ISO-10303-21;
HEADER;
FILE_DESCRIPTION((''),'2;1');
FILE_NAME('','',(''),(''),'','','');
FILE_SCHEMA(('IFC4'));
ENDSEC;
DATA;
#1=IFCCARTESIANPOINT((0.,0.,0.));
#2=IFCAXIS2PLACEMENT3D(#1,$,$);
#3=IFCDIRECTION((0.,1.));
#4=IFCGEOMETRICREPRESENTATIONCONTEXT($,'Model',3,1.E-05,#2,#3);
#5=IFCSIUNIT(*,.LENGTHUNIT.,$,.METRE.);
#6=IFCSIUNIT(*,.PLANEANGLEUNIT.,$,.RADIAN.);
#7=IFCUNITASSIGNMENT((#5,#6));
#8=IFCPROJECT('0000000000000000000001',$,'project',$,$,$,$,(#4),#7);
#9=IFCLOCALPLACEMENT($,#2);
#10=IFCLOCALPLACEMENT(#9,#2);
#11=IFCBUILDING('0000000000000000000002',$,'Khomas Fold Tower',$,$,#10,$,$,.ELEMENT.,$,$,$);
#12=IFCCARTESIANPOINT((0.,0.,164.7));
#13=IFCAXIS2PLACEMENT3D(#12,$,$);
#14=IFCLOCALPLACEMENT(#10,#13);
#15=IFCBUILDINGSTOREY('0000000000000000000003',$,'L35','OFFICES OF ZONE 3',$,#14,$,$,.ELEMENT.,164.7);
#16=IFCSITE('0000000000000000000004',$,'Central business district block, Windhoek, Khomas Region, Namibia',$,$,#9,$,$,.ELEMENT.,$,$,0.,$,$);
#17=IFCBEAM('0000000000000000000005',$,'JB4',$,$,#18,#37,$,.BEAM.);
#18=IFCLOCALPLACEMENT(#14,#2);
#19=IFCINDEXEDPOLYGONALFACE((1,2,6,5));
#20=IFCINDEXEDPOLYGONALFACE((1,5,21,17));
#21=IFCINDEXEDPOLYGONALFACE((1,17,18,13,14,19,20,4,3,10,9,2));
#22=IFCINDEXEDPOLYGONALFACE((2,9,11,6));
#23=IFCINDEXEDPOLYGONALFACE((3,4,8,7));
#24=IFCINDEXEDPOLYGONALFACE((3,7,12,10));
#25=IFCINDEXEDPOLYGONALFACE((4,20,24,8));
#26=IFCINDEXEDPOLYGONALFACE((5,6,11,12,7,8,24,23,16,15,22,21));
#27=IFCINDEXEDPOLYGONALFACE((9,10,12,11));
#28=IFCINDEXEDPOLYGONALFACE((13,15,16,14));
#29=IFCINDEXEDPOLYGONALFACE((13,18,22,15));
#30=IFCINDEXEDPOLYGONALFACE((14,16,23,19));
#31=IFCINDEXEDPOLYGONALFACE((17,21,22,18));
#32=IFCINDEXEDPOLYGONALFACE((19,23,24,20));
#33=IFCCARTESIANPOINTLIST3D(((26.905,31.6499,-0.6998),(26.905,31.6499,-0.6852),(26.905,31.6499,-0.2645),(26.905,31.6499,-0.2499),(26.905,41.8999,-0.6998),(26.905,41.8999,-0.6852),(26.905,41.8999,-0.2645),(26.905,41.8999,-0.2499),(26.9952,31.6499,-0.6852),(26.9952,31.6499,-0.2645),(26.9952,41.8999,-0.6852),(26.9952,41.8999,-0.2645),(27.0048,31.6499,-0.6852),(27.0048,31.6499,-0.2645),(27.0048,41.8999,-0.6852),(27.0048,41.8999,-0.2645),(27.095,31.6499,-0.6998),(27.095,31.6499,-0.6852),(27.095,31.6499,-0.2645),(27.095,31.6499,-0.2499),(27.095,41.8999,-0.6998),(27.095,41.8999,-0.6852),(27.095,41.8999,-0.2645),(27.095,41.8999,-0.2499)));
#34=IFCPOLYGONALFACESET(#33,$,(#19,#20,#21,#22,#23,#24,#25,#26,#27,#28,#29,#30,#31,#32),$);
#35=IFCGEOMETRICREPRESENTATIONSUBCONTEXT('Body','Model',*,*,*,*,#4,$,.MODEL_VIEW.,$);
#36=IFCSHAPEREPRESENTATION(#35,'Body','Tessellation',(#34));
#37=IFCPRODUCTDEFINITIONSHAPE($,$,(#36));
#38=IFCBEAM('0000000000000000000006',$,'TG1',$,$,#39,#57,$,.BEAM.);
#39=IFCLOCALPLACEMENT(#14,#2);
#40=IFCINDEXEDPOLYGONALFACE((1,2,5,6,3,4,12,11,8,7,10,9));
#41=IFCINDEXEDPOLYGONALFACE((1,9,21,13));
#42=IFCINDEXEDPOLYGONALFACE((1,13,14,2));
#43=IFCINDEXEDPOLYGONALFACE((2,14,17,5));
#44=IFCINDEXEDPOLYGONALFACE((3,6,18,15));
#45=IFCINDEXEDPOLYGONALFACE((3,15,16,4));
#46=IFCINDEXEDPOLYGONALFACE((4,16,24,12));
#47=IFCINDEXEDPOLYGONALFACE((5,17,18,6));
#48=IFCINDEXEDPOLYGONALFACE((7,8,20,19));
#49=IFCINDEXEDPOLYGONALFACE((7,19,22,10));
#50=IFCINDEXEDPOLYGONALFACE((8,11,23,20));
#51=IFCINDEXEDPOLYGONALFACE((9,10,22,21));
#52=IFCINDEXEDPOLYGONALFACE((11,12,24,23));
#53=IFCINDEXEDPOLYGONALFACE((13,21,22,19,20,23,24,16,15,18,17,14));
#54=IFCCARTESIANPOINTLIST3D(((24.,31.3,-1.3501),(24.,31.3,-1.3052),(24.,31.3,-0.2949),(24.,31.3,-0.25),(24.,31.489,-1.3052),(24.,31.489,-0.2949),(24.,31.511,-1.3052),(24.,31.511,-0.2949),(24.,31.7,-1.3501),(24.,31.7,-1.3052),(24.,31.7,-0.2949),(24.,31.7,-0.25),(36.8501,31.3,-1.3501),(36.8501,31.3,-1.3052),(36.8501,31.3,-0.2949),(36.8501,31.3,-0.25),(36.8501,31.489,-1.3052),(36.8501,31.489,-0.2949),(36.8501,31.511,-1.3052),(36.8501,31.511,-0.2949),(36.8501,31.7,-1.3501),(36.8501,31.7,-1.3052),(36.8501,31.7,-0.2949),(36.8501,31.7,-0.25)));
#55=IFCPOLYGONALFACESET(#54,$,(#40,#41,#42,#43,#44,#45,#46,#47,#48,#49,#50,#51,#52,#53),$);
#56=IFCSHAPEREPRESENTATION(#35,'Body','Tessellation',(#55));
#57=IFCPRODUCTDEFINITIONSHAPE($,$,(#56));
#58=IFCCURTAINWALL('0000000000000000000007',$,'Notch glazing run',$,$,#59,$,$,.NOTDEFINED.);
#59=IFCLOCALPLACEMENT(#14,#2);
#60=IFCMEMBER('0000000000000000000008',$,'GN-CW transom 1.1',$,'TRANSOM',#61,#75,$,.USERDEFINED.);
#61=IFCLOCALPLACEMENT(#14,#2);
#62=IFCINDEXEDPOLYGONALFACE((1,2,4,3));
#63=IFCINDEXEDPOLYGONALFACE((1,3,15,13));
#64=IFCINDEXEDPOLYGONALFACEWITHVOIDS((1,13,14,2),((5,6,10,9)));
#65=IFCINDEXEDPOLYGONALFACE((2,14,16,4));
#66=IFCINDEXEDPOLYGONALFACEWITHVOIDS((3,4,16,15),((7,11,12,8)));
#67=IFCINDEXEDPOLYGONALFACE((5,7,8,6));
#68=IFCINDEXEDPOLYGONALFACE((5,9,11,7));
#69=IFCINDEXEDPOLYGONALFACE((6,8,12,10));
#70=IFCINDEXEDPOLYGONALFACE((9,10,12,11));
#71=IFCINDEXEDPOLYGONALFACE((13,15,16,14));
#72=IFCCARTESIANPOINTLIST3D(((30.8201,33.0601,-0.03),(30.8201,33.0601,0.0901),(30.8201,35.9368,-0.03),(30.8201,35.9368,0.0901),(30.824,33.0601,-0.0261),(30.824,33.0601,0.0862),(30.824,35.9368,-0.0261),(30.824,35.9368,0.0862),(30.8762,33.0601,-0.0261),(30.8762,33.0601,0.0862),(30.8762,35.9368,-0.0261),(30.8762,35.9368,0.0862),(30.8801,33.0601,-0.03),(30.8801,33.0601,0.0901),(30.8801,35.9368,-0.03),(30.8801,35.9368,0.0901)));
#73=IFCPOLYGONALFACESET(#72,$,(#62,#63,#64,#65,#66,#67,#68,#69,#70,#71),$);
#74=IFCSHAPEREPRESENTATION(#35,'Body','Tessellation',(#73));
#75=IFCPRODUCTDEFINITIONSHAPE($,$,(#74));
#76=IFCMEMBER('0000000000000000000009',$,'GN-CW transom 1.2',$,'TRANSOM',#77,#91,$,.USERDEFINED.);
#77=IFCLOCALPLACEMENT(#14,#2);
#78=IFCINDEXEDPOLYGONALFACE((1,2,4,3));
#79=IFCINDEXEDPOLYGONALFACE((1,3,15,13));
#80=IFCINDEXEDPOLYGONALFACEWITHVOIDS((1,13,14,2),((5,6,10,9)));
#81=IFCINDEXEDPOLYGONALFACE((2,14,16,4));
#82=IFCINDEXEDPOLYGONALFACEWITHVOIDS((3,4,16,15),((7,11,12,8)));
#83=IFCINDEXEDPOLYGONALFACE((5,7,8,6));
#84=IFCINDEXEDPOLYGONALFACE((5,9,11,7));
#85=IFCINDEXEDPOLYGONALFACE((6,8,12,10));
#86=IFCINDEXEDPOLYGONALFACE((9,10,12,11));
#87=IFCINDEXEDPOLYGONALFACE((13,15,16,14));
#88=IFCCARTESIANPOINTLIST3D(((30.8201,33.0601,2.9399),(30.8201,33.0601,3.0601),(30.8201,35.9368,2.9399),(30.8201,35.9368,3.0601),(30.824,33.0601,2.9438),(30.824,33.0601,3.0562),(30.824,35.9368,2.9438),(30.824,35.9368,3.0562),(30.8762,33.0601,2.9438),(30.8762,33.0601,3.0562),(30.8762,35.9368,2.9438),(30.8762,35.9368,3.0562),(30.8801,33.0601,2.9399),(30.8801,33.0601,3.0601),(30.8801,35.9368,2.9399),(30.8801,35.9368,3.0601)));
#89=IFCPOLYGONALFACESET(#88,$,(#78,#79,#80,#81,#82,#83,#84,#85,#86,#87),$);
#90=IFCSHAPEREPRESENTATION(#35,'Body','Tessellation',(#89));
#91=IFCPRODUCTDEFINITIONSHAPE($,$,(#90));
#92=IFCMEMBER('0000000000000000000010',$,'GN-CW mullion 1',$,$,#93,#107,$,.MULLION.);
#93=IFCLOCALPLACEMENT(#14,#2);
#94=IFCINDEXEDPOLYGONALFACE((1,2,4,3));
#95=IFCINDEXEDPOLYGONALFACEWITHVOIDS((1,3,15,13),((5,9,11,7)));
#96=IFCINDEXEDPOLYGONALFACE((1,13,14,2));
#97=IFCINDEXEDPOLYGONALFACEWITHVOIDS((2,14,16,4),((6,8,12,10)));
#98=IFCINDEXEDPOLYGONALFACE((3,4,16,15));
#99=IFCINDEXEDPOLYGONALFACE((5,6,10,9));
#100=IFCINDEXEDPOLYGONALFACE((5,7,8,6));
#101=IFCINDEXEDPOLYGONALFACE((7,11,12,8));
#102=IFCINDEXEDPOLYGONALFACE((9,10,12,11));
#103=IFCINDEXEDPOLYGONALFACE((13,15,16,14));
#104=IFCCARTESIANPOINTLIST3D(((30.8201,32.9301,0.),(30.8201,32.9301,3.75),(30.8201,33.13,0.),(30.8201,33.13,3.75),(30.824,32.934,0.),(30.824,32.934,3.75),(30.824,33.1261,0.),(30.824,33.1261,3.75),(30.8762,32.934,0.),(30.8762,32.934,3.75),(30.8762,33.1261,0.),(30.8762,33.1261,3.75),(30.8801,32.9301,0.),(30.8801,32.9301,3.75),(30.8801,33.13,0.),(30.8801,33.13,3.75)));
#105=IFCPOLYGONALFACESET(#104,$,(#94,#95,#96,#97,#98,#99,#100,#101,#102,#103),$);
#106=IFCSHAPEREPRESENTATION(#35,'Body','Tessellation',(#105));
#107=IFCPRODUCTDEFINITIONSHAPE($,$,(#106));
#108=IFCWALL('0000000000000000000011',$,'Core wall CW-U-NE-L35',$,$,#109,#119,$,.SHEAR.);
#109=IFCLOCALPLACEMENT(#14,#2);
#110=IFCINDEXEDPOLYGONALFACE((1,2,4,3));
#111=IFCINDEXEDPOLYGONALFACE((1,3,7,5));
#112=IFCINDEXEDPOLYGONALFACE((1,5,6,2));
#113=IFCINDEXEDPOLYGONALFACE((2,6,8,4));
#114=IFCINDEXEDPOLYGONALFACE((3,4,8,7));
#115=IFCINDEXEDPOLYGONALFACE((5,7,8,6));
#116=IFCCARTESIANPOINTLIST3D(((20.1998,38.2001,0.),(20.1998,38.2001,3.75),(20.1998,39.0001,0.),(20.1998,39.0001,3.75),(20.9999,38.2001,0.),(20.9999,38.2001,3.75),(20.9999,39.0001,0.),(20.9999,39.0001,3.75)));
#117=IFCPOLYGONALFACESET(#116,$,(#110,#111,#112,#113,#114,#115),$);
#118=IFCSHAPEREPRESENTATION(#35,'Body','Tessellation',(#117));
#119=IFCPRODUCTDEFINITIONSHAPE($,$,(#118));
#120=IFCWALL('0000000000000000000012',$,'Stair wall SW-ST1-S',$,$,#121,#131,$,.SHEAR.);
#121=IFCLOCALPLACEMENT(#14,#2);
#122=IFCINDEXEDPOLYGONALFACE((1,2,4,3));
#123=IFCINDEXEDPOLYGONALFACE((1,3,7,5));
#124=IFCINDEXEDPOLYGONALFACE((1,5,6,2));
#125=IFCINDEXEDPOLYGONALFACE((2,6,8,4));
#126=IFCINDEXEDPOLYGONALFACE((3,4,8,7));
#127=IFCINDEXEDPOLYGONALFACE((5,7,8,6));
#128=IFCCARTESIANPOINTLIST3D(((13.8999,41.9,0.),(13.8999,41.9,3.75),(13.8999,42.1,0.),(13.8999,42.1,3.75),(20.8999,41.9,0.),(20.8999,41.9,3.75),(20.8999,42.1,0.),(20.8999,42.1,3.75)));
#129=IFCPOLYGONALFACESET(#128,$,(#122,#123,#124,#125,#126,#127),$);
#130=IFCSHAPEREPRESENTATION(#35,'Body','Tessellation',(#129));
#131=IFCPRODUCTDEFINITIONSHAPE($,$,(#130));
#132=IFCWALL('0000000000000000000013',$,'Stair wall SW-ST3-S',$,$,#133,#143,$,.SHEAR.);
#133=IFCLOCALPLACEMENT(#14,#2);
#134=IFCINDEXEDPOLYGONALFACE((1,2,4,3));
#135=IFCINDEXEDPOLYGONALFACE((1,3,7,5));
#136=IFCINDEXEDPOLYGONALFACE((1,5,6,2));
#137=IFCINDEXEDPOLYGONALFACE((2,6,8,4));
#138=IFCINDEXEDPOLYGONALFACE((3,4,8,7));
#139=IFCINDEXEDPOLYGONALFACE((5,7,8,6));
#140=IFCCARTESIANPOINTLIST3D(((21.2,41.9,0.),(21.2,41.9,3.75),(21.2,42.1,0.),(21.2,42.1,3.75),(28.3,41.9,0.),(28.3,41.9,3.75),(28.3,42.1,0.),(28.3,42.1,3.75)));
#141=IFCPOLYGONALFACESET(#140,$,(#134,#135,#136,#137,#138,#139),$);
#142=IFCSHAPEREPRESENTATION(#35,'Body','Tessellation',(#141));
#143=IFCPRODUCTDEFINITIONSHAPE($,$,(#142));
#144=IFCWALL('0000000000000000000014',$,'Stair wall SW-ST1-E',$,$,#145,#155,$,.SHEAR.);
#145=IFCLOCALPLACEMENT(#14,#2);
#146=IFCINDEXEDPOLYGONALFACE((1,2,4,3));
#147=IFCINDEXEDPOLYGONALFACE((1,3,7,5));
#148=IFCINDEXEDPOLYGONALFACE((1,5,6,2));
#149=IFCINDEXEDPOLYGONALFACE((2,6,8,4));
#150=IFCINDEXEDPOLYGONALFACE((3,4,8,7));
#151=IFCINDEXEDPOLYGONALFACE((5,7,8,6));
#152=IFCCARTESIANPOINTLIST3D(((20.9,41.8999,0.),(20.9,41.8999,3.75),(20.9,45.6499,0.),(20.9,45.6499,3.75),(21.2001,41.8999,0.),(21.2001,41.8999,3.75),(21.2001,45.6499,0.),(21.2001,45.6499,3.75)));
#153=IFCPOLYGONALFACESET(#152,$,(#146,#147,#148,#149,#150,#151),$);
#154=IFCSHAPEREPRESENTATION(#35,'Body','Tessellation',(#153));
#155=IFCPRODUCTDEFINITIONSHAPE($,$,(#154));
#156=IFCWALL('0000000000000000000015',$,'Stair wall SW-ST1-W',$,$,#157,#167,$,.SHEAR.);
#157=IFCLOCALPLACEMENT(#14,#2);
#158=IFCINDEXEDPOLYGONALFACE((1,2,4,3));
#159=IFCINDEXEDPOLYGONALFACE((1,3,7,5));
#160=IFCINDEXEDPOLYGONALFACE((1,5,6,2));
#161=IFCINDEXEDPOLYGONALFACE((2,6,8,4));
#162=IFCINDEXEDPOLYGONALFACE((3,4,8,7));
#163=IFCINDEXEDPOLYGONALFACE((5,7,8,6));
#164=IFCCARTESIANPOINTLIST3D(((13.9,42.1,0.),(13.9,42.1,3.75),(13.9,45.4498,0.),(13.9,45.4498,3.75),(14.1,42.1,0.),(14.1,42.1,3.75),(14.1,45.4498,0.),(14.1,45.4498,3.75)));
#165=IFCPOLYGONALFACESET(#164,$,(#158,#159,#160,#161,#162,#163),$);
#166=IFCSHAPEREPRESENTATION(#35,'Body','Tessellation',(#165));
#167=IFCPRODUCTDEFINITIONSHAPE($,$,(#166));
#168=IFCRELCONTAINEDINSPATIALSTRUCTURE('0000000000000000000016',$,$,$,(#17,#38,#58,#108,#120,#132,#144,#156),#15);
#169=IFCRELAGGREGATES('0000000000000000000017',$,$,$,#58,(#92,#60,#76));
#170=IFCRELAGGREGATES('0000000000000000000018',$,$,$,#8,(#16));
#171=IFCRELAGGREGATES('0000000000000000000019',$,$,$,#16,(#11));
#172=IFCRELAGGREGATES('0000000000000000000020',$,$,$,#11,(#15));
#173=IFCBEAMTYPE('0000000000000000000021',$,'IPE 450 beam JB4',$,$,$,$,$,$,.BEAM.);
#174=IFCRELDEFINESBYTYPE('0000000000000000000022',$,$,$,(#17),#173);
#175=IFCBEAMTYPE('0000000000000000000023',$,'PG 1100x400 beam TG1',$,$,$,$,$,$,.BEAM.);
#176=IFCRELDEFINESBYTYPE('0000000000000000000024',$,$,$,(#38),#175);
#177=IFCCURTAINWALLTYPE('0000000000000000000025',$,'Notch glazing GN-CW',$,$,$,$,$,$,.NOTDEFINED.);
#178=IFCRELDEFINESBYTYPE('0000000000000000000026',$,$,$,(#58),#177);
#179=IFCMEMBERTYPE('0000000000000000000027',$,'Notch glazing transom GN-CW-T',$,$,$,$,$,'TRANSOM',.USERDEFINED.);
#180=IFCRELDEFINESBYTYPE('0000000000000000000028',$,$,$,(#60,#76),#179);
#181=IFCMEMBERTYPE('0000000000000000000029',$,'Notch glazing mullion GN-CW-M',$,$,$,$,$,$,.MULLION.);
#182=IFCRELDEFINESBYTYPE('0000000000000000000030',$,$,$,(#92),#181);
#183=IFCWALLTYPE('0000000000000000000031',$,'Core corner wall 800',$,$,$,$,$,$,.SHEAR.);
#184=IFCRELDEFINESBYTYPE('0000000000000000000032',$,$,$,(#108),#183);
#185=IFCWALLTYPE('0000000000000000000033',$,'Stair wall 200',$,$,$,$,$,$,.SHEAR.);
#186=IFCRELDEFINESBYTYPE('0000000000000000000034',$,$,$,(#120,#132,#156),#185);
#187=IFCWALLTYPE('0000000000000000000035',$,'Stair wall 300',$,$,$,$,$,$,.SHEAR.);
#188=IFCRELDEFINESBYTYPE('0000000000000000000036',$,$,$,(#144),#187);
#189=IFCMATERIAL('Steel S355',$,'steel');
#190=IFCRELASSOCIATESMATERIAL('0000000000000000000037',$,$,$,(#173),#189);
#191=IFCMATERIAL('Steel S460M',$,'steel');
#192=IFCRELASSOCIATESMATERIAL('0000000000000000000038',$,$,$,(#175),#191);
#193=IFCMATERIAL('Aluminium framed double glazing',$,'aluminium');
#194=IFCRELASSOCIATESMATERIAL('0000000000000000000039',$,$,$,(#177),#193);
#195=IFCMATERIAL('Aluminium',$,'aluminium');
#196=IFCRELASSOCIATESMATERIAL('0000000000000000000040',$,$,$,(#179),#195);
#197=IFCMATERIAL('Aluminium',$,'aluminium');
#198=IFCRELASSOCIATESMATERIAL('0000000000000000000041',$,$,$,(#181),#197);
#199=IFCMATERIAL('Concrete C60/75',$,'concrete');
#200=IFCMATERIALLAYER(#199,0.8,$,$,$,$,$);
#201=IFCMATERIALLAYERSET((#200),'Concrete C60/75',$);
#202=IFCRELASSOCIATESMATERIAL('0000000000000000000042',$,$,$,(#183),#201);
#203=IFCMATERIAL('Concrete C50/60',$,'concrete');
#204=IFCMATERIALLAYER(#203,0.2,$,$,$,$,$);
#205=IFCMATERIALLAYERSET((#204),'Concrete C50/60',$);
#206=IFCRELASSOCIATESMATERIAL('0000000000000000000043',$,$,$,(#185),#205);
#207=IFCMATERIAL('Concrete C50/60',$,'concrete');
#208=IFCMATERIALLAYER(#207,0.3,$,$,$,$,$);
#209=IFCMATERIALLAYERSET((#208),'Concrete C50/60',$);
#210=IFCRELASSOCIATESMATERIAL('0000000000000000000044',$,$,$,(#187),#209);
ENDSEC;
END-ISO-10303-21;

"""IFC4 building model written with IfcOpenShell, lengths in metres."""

from ifc_helpers import new_model, si_unit, direction, frame, frame_2d, origin, origin_2d, place, context, subcontext, project, spatial, rectangle, hollow_rectangle, i_section, extrude, source, transform, mapped, material, layer, layer_set, material_profile, profile_set, type_object, element, aggregate, save


model = new_model("IFC4")

# Units and contexts
model_context = context("Model", 3, precision=1e-05, world=origin(), true_north=direction((0.0, 1.0)))
body_context = subcontext(model_context, "Body", "Model", "MODEL_VIEW")
ifc_project = project(units=[si_unit("LENGTHUNIT", "METRE"), si_unit("PLANEANGLEUNIT", "RADIAN")], contexts=[model_context])

# Site, building, storey
site_placement = place(None, origin())
site = spatial("IfcSite", under=ifc_project, at=site_placement, Name="Central business district block, Windhoek, Khomas Region, Namibia", CompositionType="ELEMENT", RefElevation=0.0)
building_placement = place(site_placement, origin())
building = spatial("IfcBuilding", under=site, at=building_placement, Name="Khomas Fold Tower", CompositionType="ELEMENT")
storey_placement = place(building_placement, frame((0.0, 0.0, 164.7)))
storey = spatial("IfcBuildingStorey", under=building, at=storey_placement, Name="L35", Description="OFFICES OF ZONE 3", CompositionType="ELEMENT", Elevation=164.7)

# Beams
ifc_material_1 = material(Name="Steel S355", Category="steel")
ifc_material_profile_1 = material_profile(ifc_material_1, i_section(OverallWidth=0.1899, OverallDepth=0.45, WebThickness=0.0095, FlangeThickness=0.0146, at=origin_2d()), Name="IPE 450")
ifc_profile_set_1 = profile_set([ifc_material_profile_1], Name="Steel S355")
beam_type_1 = type_object("IfcBeamType", Name="IPE 450 beam JB4", PredefinedType="BEAM", material=ifc_profile_set_1)
shared_shape_1 = source(origin(), body_context, "Body", "SweptSolid", [
    extrude(i_section(OverallWidth=0.1899, OverallDepth=0.45, WebThickness=0.0095, FlangeThickness=0.0146, at=origin_2d()), origin(), (0.0, 0.0, 1.0), 10.25),
])
beam_1_placement = place(storey_placement, frame((27.0, 31.6499, -0.4749), z_axis=(0.0, 1.0, 0.0), x_axis=(-1.0, 0.0, 0.0)))
element("IfcBeam", 1, at=beam_1_placement, inside=storey, type_object=beam_type_1, Name="JB4", PredefinedType="BEAM", context=body_context, shape_type="MappedRepresentation", body=[
    mapped(shared_shape_1, transform((0.0, 0.0, 0.0))),
])
ifc_material_2 = material(Name="Steel S460M", Category="steel")
ifc_material_profile_2 = material_profile(ifc_material_2, i_section(OverallWidth=0.3999, OverallDepth=1.1001, WebThickness=0.022, FlangeThickness=0.0449, at=origin_2d()), Name="PG 1100x400")
ifc_profile_set_2 = profile_set([ifc_material_profile_2], Name="Steel S460M")
beam_type_2 = type_object("IfcBeamType", Name="PG 1100x400 beam TG1", PredefinedType="BEAM", material=ifc_profile_set_2)
shared_shape_2 = source(origin(), body_context, "Body", "SweptSolid", [
    extrude(i_section(OverallWidth=0.3999, OverallDepth=1.1001, WebThickness=0.022, FlangeThickness=0.0449, at=origin_2d()), origin(), (0.0, 0.0, 1.0), 12.8501),
])
beam_2_placement = place(storey_placement, frame((24.0, 31.5, -0.8), z_axis=(1.0, 0.0, 0.0), x_axis=(0.0, 1.0, 0.0)))
element("IfcBeam", 2, at=beam_2_placement, inside=storey, type_object=beam_type_2, Name="TG1", PredefinedType="BEAM", context=body_context, shape_type="MappedRepresentation", body=[
    mapped(shared_shape_2, transform((0.0, 0.0, 0.0))),
])

# Curtain wall, members
ifc_material_3 = material(Name="Aluminium framed double glazing", Category="aluminium")
curtain_wall_type = type_object("IfcCurtainWallType", Name="Notch glazing GN-CW", PredefinedType="NOTDEFINED", material=ifc_material_3)
curtain_wall_placement = place(storey_placement, origin())
curtain_wall = element("IfcCurtainWall", 3, at=curtain_wall_placement, inside=storey, type_object=curtain_wall_type, Name="Notch glazing run", PredefinedType="NOTDEFINED")
ifc_material_4 = material(Name="Aluminium", Category="aluminium")
ifc_material_profile_3 = material_profile(ifc_material_4, hollow_rectangle(XDim=0.0601, YDim=0.1201, WallThickness=0.0039, at=origin_2d()), Name="Notch glazing transom GN-CW-T")
ifc_profile_set_3 = profile_set([ifc_material_profile_3], Name="Aluminium")
member_type_1 = type_object("IfcMemberType", Name="Notch glazing transom GN-CW-T", ElementType="TRANSOM", PredefinedType="USERDEFINED", material=ifc_profile_set_3)
shared_shape_3 = source(origin(), body_context, "Body", "SweptSolid", [
    extrude(hollow_rectangle(XDim=0.0601, YDim=0.1201, WallThickness=0.0039, at=origin_2d()), origin(), (0.0, 0.0, 1.0), 2.8767),
])
member_1_placement = place(storey_placement, frame((30.8501, 33.0601, 0.03), z_axis=(0.0, 1.0, 0.0), x_axis=(-1.0, 0.0, 0.0)))
member_1 = element("IfcMember", 4, at=member_1_placement, type_object=member_type_1, Name="GN-CW transom 1.1", ObjectType="TRANSOM", PredefinedType="USERDEFINED", context=body_context, shape_type="MappedRepresentation", body=[
    mapped(shared_shape_3, transform((0.0, 0.0, 0.0))),
])
member_2_placement = place(storey_placement, frame((30.8501, 33.0601, 3.0), z_axis=(0.0, 1.0, 0.0), x_axis=(-1.0, 0.0, 0.0)))
member_2 = element("IfcMember", 5, at=member_2_placement, type_object=member_type_1, Name="GN-CW transom 1.2", ObjectType="TRANSOM", PredefinedType="USERDEFINED", context=body_context, shape_type="MappedRepresentation", body=[
    mapped(shared_shape_3, transform((0.0, 0.0, 0.0))),
])
ifc_material_5 = material(Name="Aluminium", Category="aluminium")
ifc_material_profile_4 = material_profile(ifc_material_5, hollow_rectangle(XDim=0.0601, YDim=0.2, WallThickness=0.0039, at=origin_2d()), Name="Notch glazing mullion GN-CW-M")
ifc_profile_set_4 = profile_set([ifc_material_profile_4], Name="Aluminium")
member_type_2 = type_object("IfcMemberType", Name="Notch glazing mullion GN-CW-M", PredefinedType="MULLION", material=ifc_profile_set_4)
shared_shape_4 = source(origin(), body_context, "Body", "SweptSolid", [
    extrude(hollow_rectangle(XDim=0.0601, YDim=0.2, WallThickness=0.0039, at=origin_2d()), origin(), (0.0, 0.0, 1.0), 3.75),
])
member_3_placement = place(storey_placement, frame((30.8501, 33.03, 0.0), z_axis=(0.0, 0.0, 1.0), x_axis=(-1.0, 0.0, 0.0)))
member_3 = element("IfcMember", 6, at=member_3_placement, type_object=member_type_2, Name="GN-CW mullion 1", PredefinedType="MULLION", context=body_context, shape_type="MappedRepresentation", body=[
    mapped(shared_shape_4, transform((0.0, 0.0, 0.0))),
])
aggregate(curtain_wall, [member_3, member_1, member_2])

# Walls
ifc_material_6 = material(Name="Concrete C60/75", Category="concrete")
ifc_layer_1 = layer(ifc_material_6, 0.8)
ifc_layer_set_1 = layer_set([ifc_layer_1], Name="Concrete C60/75")
wall_type_1 = type_object("IfcWallType", Name="Core corner wall 800", PredefinedType="SHEAR", material=ifc_layer_set_1)
shared_shape_5 = source(origin(), body_context, "Body", "SweptSolid", [
    extrude(rectangle(XDim=0.8, YDim=0.8, at=frame_2d((0.3999, 0.0))), origin(), (0.0, 0.0, 1.0), 3.75),
])
wall_1_placement = place(storey_placement, frame((20.2, 38.6001, 0.0), z_axis=(0.0, 0.0, 1.0), x_axis=(1.0, 0.0, 0.0)))
element("IfcWall", 7, at=wall_1_placement, inside=storey, type_object=wall_type_1, Name="Core wall CW-U-NE-L35", PredefinedType="SHEAR", context=body_context, shape_type="MappedRepresentation", body=[
    mapped(shared_shape_5, transform((0.0, 0.0, 0.0))),
])
ifc_material_7 = material(Name="Concrete C50/60", Category="concrete")
ifc_layer_2 = layer(ifc_material_7, 0.2)
ifc_layer_set_2 = layer_set([ifc_layer_2], Name="Concrete C50/60")
wall_type_2 = type_object("IfcWallType", Name="Stair wall 200", PredefinedType="SHEAR", material=ifc_layer_set_2)
shared_shape_6 = source(origin(), body_context, "Body", "SweptSolid", [
    extrude(rectangle(XDim=7.0, YDim=0.2, at=frame_2d((3.5, 0.0))), origin(), (0.0, 0.0, 1.0), 3.75),
])
wall_2_placement = place(storey_placement, frame((13.8999, 42.0, 0.0), z_axis=(0.0, 0.0, 1.0), x_axis=(1.0, 0.0, 0.0)))
element("IfcWall", 8, at=wall_2_placement, inside=storey, type_object=wall_type_2, Name="Stair wall SW-ST1-S", PredefinedType="SHEAR", context=body_context, shape_type="MappedRepresentation", body=[
    mapped(shared_shape_6, transform((0.0, 0.0, 0.0))),
])
shared_shape_7 = source(origin(), body_context, "Body", "SweptSolid", [
    extrude(rectangle(XDim=7.1001, YDim=0.2, at=frame_2d((3.55, 0.0))), origin(), (0.0, 0.0, 1.0), 3.75),
])
wall_3_placement = place(storey_placement, frame((21.2, 42.0, 0.0), z_axis=(0.0, 0.0, 1.0), x_axis=(1.0, 0.0, 0.0)))
element("IfcWall", 9, at=wall_3_placement, inside=storey, type_object=wall_type_2, Name="Stair wall SW-ST3-S", PredefinedType="SHEAR", context=body_context, shape_type="MappedRepresentation", body=[
    mapped(shared_shape_7, transform((0.0, 0.0, 0.0))),
])
ifc_material_8 = material(Name="Concrete C50/60", Category="concrete")
ifc_layer_3 = layer(ifc_material_8, 0.3)
ifc_layer_set_3 = layer_set([ifc_layer_3], Name="Concrete C50/60")
wall_type_3 = type_object("IfcWallType", Name="Stair wall 300", PredefinedType="SHEAR", material=ifc_layer_set_3)
shared_shape_8 = source(origin(), body_context, "Body", "SweptSolid", [
    extrude(rectangle(XDim=3.75, YDim=0.3, at=frame_2d((1.875, 0.0))), origin(), (0.0, 0.0, 1.0), 3.75),
])
wall_4_placement = place(storey_placement, frame((21.05, 41.8999, 0.0), z_axis=(0.0, 0.0, 1.0), x_axis=(0.0, 1.0, 0.0)))
element("IfcWall", 10, at=wall_4_placement, inside=storey, type_object=wall_type_3, Name="Stair wall SW-ST1-E", PredefinedType="SHEAR", context=body_context, shape_type="MappedRepresentation", body=[
    mapped(shared_shape_8, transform((0.0, 0.0, 0.0))),
])
shared_shape_9 = source(origin(), body_context, "Body", "SweptSolid", [
    extrude(rectangle(XDim=3.3499, YDim=0.2, at=frame_2d((1.6748, 0.0))), origin(), (0.0, 0.0, 1.0), 3.75),
])
for number, where, z_axis, x_axis, name in (
    (11, (14.0, 42.1001, 0.0), (0.0, 0.0, 1.0), (0.0, 1.0, 0.0), "Stair wall SW-ST1-W"),
):
    element("IfcWall", number, at=place(storey_placement, frame(where, z_axis=z_axis, x_axis=x_axis)), inside=storey, type_object=wall_type_2, Name=name, PredefinedType="SHEAR", context=body_context, shape_type="MappedRepresentation", body=[
        mapped(shared_shape_9, transform((0.0, 0.0, 0.0))),
    ])

save(model, "model.ifc")
